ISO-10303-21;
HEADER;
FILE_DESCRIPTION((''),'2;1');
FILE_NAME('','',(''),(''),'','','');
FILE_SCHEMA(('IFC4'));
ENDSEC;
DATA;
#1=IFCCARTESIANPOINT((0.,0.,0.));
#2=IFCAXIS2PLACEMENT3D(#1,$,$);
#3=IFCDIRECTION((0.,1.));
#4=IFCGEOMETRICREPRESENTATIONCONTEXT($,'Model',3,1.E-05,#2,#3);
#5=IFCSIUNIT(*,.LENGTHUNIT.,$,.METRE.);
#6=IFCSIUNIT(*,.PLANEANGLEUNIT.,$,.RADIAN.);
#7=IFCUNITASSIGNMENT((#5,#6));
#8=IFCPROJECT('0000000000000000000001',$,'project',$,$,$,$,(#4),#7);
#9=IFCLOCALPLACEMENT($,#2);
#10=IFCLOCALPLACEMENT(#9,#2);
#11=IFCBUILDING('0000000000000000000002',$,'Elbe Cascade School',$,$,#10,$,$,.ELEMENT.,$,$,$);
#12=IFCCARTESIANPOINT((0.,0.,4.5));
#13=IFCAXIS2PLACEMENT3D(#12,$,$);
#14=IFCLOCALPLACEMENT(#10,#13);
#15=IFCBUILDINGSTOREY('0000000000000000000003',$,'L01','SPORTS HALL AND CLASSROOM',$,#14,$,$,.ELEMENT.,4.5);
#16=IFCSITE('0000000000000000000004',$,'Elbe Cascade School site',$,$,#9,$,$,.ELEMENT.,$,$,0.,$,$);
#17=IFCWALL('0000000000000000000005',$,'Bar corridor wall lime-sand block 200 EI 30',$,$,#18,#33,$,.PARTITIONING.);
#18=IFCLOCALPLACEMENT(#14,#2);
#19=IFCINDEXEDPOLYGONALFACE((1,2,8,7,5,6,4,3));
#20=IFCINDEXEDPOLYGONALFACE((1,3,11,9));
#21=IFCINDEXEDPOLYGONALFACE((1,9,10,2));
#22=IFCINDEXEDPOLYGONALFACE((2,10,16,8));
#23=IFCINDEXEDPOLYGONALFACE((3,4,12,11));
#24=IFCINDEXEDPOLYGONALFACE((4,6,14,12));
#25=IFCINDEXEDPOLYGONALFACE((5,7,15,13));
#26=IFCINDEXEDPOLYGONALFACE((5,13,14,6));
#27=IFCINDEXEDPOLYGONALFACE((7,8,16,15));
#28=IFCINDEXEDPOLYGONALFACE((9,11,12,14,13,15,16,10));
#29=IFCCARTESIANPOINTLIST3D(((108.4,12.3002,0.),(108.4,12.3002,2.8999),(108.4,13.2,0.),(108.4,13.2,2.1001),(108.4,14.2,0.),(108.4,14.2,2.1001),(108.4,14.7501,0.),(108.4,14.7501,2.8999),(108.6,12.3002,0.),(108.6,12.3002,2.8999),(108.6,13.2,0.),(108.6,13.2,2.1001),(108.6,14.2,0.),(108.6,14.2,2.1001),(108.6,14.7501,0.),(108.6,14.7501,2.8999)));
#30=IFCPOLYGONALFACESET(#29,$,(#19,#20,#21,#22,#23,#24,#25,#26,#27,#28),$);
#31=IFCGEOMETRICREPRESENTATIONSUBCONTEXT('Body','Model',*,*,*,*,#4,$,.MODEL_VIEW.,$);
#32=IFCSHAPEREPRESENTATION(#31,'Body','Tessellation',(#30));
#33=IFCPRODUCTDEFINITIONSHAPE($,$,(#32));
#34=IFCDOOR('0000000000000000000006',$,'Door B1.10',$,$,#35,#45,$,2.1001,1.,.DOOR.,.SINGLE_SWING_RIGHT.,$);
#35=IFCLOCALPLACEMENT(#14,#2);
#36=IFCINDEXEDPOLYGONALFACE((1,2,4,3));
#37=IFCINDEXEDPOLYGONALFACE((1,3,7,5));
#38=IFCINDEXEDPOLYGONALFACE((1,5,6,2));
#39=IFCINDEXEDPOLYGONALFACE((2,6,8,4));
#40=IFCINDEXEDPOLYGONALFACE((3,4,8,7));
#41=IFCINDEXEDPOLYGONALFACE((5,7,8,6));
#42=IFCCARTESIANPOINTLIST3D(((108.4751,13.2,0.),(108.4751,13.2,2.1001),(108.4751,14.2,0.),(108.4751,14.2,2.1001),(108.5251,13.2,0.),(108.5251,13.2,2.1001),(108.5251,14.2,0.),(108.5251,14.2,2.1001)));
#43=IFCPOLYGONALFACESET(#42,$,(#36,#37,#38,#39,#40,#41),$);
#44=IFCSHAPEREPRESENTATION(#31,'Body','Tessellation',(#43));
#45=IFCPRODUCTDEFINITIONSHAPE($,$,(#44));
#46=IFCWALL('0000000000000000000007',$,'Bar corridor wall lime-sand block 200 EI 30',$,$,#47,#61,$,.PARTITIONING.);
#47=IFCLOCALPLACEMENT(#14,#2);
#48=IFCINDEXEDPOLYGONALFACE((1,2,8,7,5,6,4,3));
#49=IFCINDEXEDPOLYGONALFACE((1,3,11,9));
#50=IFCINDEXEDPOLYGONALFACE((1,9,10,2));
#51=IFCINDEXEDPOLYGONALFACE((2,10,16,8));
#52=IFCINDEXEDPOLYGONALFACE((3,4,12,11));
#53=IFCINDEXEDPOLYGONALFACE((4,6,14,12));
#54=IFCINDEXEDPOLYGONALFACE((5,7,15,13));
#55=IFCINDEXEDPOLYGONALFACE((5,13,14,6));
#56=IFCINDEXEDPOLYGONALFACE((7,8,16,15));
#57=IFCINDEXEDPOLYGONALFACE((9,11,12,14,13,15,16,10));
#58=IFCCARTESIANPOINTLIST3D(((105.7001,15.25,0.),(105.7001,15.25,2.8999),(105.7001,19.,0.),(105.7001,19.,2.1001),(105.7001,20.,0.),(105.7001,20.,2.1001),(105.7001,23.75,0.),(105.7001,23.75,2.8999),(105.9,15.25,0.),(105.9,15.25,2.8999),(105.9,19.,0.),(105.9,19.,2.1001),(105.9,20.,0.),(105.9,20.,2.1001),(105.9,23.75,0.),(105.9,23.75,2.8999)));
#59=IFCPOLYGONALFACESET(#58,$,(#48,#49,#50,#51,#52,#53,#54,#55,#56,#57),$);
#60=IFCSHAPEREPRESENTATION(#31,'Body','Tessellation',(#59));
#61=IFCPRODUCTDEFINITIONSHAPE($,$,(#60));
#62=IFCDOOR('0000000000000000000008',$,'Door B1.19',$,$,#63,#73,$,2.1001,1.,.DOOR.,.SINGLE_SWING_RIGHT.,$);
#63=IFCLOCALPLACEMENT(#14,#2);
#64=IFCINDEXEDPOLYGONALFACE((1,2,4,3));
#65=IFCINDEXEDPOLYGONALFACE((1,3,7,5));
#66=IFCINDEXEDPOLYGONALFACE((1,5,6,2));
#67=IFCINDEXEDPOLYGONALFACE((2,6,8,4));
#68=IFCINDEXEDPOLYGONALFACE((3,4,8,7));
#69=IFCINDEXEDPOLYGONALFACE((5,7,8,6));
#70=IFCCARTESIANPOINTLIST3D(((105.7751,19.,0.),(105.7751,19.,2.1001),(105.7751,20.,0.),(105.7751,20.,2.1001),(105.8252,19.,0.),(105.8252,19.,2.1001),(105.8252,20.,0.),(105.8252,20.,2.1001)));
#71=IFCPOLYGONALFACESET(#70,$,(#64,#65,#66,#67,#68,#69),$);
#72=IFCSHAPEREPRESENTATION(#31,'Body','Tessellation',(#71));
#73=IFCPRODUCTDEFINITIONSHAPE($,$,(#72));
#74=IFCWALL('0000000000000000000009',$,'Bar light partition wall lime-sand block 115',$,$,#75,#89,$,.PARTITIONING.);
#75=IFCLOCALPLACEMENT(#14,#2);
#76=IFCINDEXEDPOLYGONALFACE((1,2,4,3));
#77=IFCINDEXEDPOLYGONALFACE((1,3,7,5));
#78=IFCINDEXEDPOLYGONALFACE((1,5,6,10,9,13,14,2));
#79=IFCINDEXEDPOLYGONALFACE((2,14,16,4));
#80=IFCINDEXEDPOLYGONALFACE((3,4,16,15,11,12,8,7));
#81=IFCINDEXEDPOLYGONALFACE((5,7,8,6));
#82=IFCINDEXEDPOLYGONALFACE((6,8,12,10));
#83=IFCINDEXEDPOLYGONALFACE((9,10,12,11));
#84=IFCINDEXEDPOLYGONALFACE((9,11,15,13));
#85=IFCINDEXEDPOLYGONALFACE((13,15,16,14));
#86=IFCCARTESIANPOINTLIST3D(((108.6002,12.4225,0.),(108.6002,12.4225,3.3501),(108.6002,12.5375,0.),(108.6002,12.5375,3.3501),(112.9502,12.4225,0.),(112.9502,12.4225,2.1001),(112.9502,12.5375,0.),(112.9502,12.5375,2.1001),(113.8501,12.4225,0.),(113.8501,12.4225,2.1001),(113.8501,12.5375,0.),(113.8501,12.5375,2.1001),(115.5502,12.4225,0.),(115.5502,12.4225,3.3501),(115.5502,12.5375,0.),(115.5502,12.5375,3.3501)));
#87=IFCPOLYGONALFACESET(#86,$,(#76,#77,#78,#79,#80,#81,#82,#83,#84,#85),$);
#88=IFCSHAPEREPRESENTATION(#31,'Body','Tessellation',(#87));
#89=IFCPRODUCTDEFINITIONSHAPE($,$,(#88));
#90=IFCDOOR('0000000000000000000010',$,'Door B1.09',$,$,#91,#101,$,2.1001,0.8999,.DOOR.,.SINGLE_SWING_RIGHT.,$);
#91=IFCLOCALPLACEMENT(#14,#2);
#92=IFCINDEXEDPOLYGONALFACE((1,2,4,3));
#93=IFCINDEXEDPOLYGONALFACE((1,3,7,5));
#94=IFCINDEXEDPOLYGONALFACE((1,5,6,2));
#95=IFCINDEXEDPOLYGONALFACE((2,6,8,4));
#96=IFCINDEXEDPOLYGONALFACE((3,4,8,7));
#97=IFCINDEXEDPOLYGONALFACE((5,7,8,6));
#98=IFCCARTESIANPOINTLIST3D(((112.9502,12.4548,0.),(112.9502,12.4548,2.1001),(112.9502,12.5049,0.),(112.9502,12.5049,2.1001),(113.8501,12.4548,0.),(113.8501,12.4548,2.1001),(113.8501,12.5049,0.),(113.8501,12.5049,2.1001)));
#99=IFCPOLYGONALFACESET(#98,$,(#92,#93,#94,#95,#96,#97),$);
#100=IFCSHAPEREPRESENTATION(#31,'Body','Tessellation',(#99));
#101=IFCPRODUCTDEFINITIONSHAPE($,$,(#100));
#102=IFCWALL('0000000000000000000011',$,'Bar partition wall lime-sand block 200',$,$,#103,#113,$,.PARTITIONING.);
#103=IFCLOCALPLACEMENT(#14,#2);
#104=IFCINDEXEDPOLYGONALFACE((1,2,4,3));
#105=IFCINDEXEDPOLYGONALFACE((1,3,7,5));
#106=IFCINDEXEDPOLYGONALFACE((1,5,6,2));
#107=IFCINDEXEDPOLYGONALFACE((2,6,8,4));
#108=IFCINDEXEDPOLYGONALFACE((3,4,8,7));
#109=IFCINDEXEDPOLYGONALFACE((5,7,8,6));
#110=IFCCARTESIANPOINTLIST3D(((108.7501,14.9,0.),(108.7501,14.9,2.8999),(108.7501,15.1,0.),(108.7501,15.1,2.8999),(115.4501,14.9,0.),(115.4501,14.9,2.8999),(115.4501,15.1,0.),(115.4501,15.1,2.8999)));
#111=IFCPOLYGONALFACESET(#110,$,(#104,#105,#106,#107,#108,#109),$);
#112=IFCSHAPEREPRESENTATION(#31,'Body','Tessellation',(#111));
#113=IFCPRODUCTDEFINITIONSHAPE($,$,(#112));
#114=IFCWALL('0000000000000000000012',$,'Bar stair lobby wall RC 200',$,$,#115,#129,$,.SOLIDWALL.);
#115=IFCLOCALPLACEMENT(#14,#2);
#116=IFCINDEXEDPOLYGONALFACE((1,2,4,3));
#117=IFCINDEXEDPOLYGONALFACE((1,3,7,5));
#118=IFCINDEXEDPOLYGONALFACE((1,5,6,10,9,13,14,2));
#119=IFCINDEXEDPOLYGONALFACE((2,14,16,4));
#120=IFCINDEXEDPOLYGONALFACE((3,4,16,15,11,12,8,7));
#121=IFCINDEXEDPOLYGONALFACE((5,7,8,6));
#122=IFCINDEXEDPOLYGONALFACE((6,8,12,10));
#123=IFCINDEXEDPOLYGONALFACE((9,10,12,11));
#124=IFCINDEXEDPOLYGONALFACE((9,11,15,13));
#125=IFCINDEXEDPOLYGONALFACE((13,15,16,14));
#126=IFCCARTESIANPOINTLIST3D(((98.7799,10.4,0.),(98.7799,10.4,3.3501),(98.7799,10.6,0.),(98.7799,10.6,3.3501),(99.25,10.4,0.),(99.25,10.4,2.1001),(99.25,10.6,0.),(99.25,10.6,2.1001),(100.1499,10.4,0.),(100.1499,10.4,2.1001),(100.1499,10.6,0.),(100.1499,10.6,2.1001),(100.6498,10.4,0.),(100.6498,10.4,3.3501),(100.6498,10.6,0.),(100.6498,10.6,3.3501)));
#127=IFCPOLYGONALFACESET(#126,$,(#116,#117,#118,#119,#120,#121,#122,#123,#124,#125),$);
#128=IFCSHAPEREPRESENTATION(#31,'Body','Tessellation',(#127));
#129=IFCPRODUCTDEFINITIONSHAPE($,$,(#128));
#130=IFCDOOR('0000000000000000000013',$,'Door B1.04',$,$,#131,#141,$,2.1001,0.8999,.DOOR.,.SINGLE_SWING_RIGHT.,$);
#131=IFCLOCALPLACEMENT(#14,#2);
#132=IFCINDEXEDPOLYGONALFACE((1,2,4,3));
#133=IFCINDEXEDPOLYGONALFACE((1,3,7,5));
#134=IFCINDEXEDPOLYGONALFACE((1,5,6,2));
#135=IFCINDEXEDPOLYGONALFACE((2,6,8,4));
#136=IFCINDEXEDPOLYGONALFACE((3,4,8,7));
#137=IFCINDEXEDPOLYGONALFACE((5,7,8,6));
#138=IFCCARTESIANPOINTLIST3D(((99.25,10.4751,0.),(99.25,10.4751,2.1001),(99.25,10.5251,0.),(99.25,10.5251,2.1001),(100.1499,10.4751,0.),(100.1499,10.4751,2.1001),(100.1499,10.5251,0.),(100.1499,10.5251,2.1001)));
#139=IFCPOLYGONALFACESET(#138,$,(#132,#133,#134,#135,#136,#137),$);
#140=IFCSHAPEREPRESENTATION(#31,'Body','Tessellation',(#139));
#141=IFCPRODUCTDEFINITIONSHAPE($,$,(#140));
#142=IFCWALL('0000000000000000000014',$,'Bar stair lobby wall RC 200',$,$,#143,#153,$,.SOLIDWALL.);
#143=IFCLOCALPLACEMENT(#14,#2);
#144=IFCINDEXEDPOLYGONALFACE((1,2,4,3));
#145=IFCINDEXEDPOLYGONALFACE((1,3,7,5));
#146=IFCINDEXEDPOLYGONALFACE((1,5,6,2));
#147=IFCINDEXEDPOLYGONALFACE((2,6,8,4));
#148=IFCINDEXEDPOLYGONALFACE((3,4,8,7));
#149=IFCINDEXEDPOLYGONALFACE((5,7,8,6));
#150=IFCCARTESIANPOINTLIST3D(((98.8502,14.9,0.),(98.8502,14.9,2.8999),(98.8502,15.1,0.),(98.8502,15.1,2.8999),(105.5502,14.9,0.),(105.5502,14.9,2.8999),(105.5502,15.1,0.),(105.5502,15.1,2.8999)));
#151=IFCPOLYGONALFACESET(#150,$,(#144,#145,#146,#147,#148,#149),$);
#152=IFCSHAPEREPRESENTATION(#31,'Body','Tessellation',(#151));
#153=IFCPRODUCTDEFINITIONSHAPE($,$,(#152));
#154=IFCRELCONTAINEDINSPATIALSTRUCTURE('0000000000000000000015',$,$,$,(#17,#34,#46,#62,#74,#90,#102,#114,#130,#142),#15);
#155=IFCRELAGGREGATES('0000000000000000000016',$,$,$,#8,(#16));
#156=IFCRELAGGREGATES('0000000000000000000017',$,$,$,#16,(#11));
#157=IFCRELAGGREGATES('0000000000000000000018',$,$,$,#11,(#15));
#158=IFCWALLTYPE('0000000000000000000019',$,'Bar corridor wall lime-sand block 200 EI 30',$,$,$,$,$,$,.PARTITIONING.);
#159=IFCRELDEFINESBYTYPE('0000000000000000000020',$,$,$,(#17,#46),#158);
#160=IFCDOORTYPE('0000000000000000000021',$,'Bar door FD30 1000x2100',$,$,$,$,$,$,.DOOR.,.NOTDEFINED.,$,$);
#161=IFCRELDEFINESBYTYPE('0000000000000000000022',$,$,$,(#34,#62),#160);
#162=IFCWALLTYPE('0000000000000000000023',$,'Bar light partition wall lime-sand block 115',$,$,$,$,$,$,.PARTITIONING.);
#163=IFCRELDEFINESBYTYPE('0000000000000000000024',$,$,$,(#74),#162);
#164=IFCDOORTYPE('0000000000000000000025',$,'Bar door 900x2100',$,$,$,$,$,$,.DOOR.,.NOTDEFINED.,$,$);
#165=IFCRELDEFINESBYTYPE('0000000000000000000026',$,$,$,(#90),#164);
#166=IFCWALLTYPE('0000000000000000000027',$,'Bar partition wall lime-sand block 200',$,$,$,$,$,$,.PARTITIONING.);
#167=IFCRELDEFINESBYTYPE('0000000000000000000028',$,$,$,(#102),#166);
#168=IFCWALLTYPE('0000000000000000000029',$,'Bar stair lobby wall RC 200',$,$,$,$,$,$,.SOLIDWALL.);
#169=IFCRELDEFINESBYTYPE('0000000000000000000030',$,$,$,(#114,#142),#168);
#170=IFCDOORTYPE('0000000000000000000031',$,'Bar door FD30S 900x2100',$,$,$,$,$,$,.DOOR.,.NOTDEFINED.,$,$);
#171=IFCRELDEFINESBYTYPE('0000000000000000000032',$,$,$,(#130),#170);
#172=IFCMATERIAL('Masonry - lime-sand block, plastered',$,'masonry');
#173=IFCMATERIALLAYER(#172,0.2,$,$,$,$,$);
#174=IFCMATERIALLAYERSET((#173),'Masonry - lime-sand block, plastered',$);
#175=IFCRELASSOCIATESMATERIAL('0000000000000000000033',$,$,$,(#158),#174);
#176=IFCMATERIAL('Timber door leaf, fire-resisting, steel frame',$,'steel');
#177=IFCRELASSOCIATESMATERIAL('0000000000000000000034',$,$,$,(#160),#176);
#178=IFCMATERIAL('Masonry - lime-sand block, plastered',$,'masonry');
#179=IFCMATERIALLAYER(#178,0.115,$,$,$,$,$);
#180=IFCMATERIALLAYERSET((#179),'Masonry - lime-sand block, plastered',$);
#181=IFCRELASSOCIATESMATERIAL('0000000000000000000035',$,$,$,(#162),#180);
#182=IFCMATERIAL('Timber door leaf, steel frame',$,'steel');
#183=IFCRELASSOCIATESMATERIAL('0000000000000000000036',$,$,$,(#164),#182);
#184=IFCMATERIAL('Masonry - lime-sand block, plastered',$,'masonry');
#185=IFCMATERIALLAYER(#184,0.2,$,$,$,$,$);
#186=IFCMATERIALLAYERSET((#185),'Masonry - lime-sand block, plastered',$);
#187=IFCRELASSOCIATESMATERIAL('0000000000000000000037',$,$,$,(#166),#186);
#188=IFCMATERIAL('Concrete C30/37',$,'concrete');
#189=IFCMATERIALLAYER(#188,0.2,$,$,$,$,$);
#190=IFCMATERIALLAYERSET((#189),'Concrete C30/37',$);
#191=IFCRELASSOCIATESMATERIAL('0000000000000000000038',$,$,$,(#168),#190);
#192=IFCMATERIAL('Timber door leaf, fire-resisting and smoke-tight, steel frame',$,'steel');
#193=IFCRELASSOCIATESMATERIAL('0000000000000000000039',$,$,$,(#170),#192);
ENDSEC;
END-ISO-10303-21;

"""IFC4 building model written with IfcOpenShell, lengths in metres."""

from ifc_helpers import new_model, si_unit, direction, frame, frame_2d, origin, place, context, subcontext, project, spatial, rectangle, extrude, material, layer, layer_set, type_object, element, fill, save


model = new_model("IFC4")

# Units and contexts
model_context = context("Model", 3, precision=1e-05, world=origin(), true_north=direction((0.0, 1.0)))
body_context = subcontext(model_context, "Body", "Model", "MODEL_VIEW")
ifc_project = project(units=[si_unit("LENGTHUNIT", "METRE"), si_unit("PLANEANGLEUNIT", "RADIAN")], contexts=[model_context])

# Site, building, storey
site_placement = place(None, origin())
site = spatial("IfcSite", under=ifc_project, at=site_placement, Name="Elbe Cascade School site", CompositionType="ELEMENT", RefElevation=0.0)
building_placement = place(site_placement, origin())
building = spatial("IfcBuilding", under=site, at=building_placement, Name="Elbe Cascade School", CompositionType="ELEMENT")
storey_placement = place(building_placement, frame((0.0, 0.0, 4.5)))
storey = spatial("IfcBuildingStorey", under=building, at=storey_placement, Name="L01", Description="SPORTS HALL AND CLASSROOM", CompositionType="ELEMENT", Elevation=4.5)

# Walls, openings, doors
ifc_material_1 = material(Name="Masonry - lime-sand block, plastered", Category="masonry")
ifc_layer_1 = layer(ifc_material_1, 0.2)
ifc_layer_set_1 = layer_set([ifc_layer_1], Name="Masonry - lime-sand block, plastered")
wall_type_1 = type_object("IfcWallType", Name="Bar corridor wall lime-sand block 200 EI 30", PredefinedType="PARTITIONING", material=ifc_layer_set_1)
wall_1_placement = place(storey_placement, frame((108.5, 12.3, 0.0), z_axis=(0.0, 0.0, 1.0), x_axis=(0.0, 1.0, 0.0)))
wall_1 = element("IfcWall", 1, at=wall_1_placement, inside=storey, type_object=wall_type_1, Name="Bar corridor wall lime-sand block 200 EI 30", PredefinedType="PARTITIONING", context=body_context, shape_type="SweptSolid", body=[
    extrude(rectangle(XDim=2.45, YDim=0.2, at=frame_2d((1.2251, 0.0))), origin(), (0.0, 0.0, 1.0), 2.8999),
])
opening_1_placement = place(wall_1_placement, frame((0.8999, 0.0, 0.0)))
opening_1 = element("IfcOpeningElement", 2, at=opening_1_placement, cuts=wall_1, PredefinedType="OPENING", context=body_context, shape_type="SweptSolid", body=[
    extrude(rectangle(XDim=1.0, YDim=2.1001, at=frame_2d((0.5, 1.05))), frame((0.0, 0.1099, 0.0), z_axis=(0.0, -1.0, 0.0), x_axis=(1.0, 0.0, 0.0)), (0.0, 0.0, 1.0), 0.22),
])
ifc_material_2 = material(Name="Timber door leaf, fire-resisting, steel frame", Category="steel")
door_type_1 = type_object("IfcDoorType", Name="Bar door FD30 1000x2100", OperationType="NOTDEFINED", PredefinedType="DOOR", material=ifc_material_2)
door_1_placement = place(opening_1_placement, origin())
door_1 = element("IfcDoor", 3, at=door_1_placement, inside=storey, type_object=door_type_1, Name="Door B1.10", OperationType="SINGLE_SWING_RIGHT", OverallHeight=2.1001, OverallWidth=1.0, PredefinedType="DOOR", context=body_context, shape_type="SweptSolid", body=[
    extrude(rectangle(XDim=1.0, YDim=2.1001, at=frame_2d((0.5, 1.05))), frame((0.0, 0.0249, 0.0), z_axis=(0.0, -1.0, 0.0), x_axis=(1.0, 0.0, 0.0)), (0.0, 0.0, 1.0), 0.05),
])
fill(opening_1, door_1)
wall_2_placement = place(storey_placement, frame((105.8, 15.25, 0.0), z_axis=(0.0, 0.0, 1.0), x_axis=(0.0, 1.0, 0.0)))
wall_2 = element("IfcWall", 4, at=wall_2_placement, inside=storey, type_object=wall_type_1, Name="Bar corridor wall lime-sand block 200 EI 30", PredefinedType="PARTITIONING", context=body_context, shape_type="SweptSolid", body=[
    extrude(rectangle(XDim=8.5, YDim=0.2, at=frame_2d((4.25, 0.0))), origin(), (0.0, 0.0, 1.0), 2.8999),
])
opening_2_placement = place(wall_2_placement, frame((3.75, 0.0, 0.0)))
opening_2 = element("IfcOpeningElement", 5, at=opening_2_placement, cuts=wall_2, PredefinedType="OPENING", context=body_context, shape_type="SweptSolid", body=[
    extrude(rectangle(XDim=1.0, YDim=2.1001, at=frame_2d((0.5, 1.05))), frame((0.0, 0.1099, 0.0), z_axis=(0.0, -1.0, 0.0), x_axis=(1.0, 0.0, 0.0)), (0.0, 0.0, 1.0), 0.22),
])
door_2_placement = place(opening_2_placement, origin())
door_2 = element("IfcDoor", 6, at=door_2_placement, inside=storey, type_object=door_type_1, Name="Door B1.19", OperationType="SINGLE_SWING_RIGHT", OverallHeight=2.1001, OverallWidth=1.0, PredefinedType="DOOR", context=body_context, shape_type="SweptSolid", body=[
    extrude(rectangle(XDim=1.0, YDim=2.1001, at=frame_2d((0.5, 1.05))), frame((0.0, 0.0249, 0.0), z_axis=(0.0, -1.0, 0.0), x_axis=(1.0, 0.0, 0.0)), (0.0, 0.0, 1.0), 0.05),
])
fill(opening_2, door_2)
ifc_material_3 = material(Name="Masonry - lime-sand block, plastered", Category="masonry")
ifc_layer_2 = layer(ifc_material_3, 0.115)
ifc_layer_set_2 = layer_set([ifc_layer_2], Name="Masonry - lime-sand block, plastered")
wall_type_2 = type_object("IfcWallType", Name="Bar light partition wall lime-sand block 115", PredefinedType="PARTITIONING", material=ifc_layer_set_2)
wall_3_placement = place(storey_placement, frame((108.6001, 12.48, 0.0), z_axis=(0.0, 0.0, 1.0), x_axis=(1.0, 0.0, 0.0)))
wall_3 = element("IfcWall", 7, at=wall_3_placement, inside=storey, type_object=wall_type_2, Name="Bar light partition wall lime-sand block 115", PredefinedType="PARTITIONING", context=body_context, shape_type="SweptSolid", body=[
    extrude(rectangle(XDim=6.95, YDim=0.115, at=frame_2d((3.4751, 0.0))), origin(), (0.0, 0.0, 1.0), 3.3501),
])
opening_3_placement = place(wall_3_placement, frame((4.3501, 0.0, 0.0)))
opening_3 = element("IfcOpeningElement", 8, at=opening_3_placement, cuts=wall_3, PredefinedType="OPENING", context=body_context, shape_type="SweptSolid", body=[
    extrude(rectangle(XDim=0.8999, YDim=2.1001, at=frame_2d((0.45, 1.05))), frame((0.0, 0.0674, 0.0), z_axis=(0.0, -1.0, 0.0), x_axis=(1.0, 0.0, 0.0)), (0.0, 0.0, 1.0), 0.135),
])
ifc_material_4 = material(Name="Timber door leaf, steel frame", Category="steel")
door_type_2 = type_object("IfcDoorType", Name="Bar door 900x2100", OperationType="NOTDEFINED", PredefinedType="DOOR", material=ifc_material_4)
door_3_placement = place(opening_3_placement, origin())
door_3 = element("IfcDoor", 9, at=door_3_placement, inside=storey, type_object=door_type_2, Name="Door B1.09", OperationType="SINGLE_SWING_RIGHT", OverallHeight=2.1001, OverallWidth=0.8999, PredefinedType="DOOR", context=body_context, shape_type="SweptSolid", body=[
    extrude(rectangle(XDim=0.8999, YDim=2.1001, at=frame_2d((0.45, 1.05))), frame((0.0, 0.0249, 0.0), z_axis=(0.0, -1.0, 0.0), x_axis=(1.0, 0.0, 0.0)), (0.0, 0.0, 1.0), 0.05),
])
fill(opening_3, door_3)

# Wall
ifc_material_5 = material(Name="Masonry - lime-sand block, plastered", Category="masonry")
ifc_layer_3 = layer(ifc_material_5, 0.2)
ifc_layer_set_3 = layer_set([ifc_layer_3], Name="Masonry - lime-sand block, plastered")
wall_type_3 = type_object("IfcWallType", Name="Bar partition wall lime-sand block 200", PredefinedType="PARTITIONING", material=ifc_layer_set_3)
wall_4_placement = place(storey_placement, frame((108.75, 15.0, 0.0), z_axis=(0.0, 0.0, 1.0), x_axis=(1.0, 0.0, 0.0)))
element("IfcWall", 10, at=wall_4_placement, inside=storey, type_object=wall_type_3, Name="Bar partition wall lime-sand block 200", PredefinedType="PARTITIONING", context=body_context, shape_type="SweptSolid", body=[
    extrude(rectangle(XDim=6.7, YDim=0.2, at=frame_2d((3.3501, 0.0))), origin(), (0.0, 0.0, 1.0), 2.8999),
])

# Wall, opening, door
ifc_material_6 = material(Name="Concrete C30/37", Category="concrete")
ifc_layer_4 = layer(ifc_material_6, 0.2)
ifc_layer_set_4 = layer_set([ifc_layer_4], Name="Concrete C30/37")
wall_type_4 = type_object("IfcWallType", Name="Bar stair lobby wall RC 200", PredefinedType="SOLIDWALL", material=ifc_layer_set_4)
wall_5_placement = place(storey_placement, frame((100.6499, 10.5, 0.0), z_axis=(0.0, 0.0, 1.0), x_axis=(-1.0, 0.0, 0.0)))
wall_5 = element("IfcWall", 11, at=wall_5_placement, inside=storey, type_object=wall_type_4, Name="Bar stair lobby wall RC 200", PredefinedType="SOLIDWALL", context=body_context, shape_type="SweptSolid", body=[
    extrude(rectangle(XDim=1.8699, YDim=0.2, at=frame_2d((0.9351, 0.0))), origin(), (0.0, 0.0, 1.0), 3.3501),
])
opening_4_placement = place(wall_5_placement, frame((0.5, 0.0, 0.0)))
opening_4 = element("IfcOpeningElement", 12, at=opening_4_placement, cuts=wall_5, PredefinedType="OPENING", context=body_context, shape_type="SweptSolid", body=[
    extrude(rectangle(XDim=0.8999, YDim=2.1001, at=frame_2d((0.45, 1.05))), frame((0.0, 0.1099, 0.0), z_axis=(0.0, -1.0, 0.0), x_axis=(1.0, 0.0, 0.0)), (0.0, 0.0, 1.0), 0.22),
])
ifc_material_7 = material(Name="Timber door leaf, fire-resisting and smoke-tight, steel frame", Category="steel")
door_type_3 = type_object("IfcDoorType", Name="Bar door FD30S 900x2100", OperationType="NOTDEFINED", PredefinedType="DOOR", material=ifc_material_7)
door_4_placement = place(opening_4_placement, origin())
door_4 = element("IfcDoor", 13, at=door_4_placement, inside=storey, type_object=door_type_3, Name="Door B1.04", OperationType="SINGLE_SWING_RIGHT", OverallHeight=2.1001, OverallWidth=0.8999, PredefinedType="DOOR", context=body_context, shape_type="SweptSolid", body=[
    extrude(rectangle(XDim=0.8999, YDim=2.1001, at=frame_2d((0.45, 1.05))), frame((0.0, 0.0249, 0.0), z_axis=(0.0, -1.0, 0.0), x_axis=(1.0, 0.0, 0.0)), (0.0, 0.0, 1.0), 0.05),
])
fill(opening_4, door_4)

# Wall
wall_6_placement = place(storey_placement, frame((98.8501, 15.0, 0.0), z_axis=(0.0, 0.0, 1.0), x_axis=(1.0, 0.0, 0.0)))
element("IfcWall", 14, at=wall_6_placement, inside=storey, type_object=wall_type_4, Name="Bar stair lobby wall RC 200", PredefinedType="SOLIDWALL", context=body_context, shape_type="SweptSolid", body=[
    extrude(rectangle(XDim=6.7, YDim=0.2, at=frame_2d((3.3501, 0.0))), origin(), (0.0, 0.0, 1.0), 2.8999),
])

save(model, "model.ifc")
